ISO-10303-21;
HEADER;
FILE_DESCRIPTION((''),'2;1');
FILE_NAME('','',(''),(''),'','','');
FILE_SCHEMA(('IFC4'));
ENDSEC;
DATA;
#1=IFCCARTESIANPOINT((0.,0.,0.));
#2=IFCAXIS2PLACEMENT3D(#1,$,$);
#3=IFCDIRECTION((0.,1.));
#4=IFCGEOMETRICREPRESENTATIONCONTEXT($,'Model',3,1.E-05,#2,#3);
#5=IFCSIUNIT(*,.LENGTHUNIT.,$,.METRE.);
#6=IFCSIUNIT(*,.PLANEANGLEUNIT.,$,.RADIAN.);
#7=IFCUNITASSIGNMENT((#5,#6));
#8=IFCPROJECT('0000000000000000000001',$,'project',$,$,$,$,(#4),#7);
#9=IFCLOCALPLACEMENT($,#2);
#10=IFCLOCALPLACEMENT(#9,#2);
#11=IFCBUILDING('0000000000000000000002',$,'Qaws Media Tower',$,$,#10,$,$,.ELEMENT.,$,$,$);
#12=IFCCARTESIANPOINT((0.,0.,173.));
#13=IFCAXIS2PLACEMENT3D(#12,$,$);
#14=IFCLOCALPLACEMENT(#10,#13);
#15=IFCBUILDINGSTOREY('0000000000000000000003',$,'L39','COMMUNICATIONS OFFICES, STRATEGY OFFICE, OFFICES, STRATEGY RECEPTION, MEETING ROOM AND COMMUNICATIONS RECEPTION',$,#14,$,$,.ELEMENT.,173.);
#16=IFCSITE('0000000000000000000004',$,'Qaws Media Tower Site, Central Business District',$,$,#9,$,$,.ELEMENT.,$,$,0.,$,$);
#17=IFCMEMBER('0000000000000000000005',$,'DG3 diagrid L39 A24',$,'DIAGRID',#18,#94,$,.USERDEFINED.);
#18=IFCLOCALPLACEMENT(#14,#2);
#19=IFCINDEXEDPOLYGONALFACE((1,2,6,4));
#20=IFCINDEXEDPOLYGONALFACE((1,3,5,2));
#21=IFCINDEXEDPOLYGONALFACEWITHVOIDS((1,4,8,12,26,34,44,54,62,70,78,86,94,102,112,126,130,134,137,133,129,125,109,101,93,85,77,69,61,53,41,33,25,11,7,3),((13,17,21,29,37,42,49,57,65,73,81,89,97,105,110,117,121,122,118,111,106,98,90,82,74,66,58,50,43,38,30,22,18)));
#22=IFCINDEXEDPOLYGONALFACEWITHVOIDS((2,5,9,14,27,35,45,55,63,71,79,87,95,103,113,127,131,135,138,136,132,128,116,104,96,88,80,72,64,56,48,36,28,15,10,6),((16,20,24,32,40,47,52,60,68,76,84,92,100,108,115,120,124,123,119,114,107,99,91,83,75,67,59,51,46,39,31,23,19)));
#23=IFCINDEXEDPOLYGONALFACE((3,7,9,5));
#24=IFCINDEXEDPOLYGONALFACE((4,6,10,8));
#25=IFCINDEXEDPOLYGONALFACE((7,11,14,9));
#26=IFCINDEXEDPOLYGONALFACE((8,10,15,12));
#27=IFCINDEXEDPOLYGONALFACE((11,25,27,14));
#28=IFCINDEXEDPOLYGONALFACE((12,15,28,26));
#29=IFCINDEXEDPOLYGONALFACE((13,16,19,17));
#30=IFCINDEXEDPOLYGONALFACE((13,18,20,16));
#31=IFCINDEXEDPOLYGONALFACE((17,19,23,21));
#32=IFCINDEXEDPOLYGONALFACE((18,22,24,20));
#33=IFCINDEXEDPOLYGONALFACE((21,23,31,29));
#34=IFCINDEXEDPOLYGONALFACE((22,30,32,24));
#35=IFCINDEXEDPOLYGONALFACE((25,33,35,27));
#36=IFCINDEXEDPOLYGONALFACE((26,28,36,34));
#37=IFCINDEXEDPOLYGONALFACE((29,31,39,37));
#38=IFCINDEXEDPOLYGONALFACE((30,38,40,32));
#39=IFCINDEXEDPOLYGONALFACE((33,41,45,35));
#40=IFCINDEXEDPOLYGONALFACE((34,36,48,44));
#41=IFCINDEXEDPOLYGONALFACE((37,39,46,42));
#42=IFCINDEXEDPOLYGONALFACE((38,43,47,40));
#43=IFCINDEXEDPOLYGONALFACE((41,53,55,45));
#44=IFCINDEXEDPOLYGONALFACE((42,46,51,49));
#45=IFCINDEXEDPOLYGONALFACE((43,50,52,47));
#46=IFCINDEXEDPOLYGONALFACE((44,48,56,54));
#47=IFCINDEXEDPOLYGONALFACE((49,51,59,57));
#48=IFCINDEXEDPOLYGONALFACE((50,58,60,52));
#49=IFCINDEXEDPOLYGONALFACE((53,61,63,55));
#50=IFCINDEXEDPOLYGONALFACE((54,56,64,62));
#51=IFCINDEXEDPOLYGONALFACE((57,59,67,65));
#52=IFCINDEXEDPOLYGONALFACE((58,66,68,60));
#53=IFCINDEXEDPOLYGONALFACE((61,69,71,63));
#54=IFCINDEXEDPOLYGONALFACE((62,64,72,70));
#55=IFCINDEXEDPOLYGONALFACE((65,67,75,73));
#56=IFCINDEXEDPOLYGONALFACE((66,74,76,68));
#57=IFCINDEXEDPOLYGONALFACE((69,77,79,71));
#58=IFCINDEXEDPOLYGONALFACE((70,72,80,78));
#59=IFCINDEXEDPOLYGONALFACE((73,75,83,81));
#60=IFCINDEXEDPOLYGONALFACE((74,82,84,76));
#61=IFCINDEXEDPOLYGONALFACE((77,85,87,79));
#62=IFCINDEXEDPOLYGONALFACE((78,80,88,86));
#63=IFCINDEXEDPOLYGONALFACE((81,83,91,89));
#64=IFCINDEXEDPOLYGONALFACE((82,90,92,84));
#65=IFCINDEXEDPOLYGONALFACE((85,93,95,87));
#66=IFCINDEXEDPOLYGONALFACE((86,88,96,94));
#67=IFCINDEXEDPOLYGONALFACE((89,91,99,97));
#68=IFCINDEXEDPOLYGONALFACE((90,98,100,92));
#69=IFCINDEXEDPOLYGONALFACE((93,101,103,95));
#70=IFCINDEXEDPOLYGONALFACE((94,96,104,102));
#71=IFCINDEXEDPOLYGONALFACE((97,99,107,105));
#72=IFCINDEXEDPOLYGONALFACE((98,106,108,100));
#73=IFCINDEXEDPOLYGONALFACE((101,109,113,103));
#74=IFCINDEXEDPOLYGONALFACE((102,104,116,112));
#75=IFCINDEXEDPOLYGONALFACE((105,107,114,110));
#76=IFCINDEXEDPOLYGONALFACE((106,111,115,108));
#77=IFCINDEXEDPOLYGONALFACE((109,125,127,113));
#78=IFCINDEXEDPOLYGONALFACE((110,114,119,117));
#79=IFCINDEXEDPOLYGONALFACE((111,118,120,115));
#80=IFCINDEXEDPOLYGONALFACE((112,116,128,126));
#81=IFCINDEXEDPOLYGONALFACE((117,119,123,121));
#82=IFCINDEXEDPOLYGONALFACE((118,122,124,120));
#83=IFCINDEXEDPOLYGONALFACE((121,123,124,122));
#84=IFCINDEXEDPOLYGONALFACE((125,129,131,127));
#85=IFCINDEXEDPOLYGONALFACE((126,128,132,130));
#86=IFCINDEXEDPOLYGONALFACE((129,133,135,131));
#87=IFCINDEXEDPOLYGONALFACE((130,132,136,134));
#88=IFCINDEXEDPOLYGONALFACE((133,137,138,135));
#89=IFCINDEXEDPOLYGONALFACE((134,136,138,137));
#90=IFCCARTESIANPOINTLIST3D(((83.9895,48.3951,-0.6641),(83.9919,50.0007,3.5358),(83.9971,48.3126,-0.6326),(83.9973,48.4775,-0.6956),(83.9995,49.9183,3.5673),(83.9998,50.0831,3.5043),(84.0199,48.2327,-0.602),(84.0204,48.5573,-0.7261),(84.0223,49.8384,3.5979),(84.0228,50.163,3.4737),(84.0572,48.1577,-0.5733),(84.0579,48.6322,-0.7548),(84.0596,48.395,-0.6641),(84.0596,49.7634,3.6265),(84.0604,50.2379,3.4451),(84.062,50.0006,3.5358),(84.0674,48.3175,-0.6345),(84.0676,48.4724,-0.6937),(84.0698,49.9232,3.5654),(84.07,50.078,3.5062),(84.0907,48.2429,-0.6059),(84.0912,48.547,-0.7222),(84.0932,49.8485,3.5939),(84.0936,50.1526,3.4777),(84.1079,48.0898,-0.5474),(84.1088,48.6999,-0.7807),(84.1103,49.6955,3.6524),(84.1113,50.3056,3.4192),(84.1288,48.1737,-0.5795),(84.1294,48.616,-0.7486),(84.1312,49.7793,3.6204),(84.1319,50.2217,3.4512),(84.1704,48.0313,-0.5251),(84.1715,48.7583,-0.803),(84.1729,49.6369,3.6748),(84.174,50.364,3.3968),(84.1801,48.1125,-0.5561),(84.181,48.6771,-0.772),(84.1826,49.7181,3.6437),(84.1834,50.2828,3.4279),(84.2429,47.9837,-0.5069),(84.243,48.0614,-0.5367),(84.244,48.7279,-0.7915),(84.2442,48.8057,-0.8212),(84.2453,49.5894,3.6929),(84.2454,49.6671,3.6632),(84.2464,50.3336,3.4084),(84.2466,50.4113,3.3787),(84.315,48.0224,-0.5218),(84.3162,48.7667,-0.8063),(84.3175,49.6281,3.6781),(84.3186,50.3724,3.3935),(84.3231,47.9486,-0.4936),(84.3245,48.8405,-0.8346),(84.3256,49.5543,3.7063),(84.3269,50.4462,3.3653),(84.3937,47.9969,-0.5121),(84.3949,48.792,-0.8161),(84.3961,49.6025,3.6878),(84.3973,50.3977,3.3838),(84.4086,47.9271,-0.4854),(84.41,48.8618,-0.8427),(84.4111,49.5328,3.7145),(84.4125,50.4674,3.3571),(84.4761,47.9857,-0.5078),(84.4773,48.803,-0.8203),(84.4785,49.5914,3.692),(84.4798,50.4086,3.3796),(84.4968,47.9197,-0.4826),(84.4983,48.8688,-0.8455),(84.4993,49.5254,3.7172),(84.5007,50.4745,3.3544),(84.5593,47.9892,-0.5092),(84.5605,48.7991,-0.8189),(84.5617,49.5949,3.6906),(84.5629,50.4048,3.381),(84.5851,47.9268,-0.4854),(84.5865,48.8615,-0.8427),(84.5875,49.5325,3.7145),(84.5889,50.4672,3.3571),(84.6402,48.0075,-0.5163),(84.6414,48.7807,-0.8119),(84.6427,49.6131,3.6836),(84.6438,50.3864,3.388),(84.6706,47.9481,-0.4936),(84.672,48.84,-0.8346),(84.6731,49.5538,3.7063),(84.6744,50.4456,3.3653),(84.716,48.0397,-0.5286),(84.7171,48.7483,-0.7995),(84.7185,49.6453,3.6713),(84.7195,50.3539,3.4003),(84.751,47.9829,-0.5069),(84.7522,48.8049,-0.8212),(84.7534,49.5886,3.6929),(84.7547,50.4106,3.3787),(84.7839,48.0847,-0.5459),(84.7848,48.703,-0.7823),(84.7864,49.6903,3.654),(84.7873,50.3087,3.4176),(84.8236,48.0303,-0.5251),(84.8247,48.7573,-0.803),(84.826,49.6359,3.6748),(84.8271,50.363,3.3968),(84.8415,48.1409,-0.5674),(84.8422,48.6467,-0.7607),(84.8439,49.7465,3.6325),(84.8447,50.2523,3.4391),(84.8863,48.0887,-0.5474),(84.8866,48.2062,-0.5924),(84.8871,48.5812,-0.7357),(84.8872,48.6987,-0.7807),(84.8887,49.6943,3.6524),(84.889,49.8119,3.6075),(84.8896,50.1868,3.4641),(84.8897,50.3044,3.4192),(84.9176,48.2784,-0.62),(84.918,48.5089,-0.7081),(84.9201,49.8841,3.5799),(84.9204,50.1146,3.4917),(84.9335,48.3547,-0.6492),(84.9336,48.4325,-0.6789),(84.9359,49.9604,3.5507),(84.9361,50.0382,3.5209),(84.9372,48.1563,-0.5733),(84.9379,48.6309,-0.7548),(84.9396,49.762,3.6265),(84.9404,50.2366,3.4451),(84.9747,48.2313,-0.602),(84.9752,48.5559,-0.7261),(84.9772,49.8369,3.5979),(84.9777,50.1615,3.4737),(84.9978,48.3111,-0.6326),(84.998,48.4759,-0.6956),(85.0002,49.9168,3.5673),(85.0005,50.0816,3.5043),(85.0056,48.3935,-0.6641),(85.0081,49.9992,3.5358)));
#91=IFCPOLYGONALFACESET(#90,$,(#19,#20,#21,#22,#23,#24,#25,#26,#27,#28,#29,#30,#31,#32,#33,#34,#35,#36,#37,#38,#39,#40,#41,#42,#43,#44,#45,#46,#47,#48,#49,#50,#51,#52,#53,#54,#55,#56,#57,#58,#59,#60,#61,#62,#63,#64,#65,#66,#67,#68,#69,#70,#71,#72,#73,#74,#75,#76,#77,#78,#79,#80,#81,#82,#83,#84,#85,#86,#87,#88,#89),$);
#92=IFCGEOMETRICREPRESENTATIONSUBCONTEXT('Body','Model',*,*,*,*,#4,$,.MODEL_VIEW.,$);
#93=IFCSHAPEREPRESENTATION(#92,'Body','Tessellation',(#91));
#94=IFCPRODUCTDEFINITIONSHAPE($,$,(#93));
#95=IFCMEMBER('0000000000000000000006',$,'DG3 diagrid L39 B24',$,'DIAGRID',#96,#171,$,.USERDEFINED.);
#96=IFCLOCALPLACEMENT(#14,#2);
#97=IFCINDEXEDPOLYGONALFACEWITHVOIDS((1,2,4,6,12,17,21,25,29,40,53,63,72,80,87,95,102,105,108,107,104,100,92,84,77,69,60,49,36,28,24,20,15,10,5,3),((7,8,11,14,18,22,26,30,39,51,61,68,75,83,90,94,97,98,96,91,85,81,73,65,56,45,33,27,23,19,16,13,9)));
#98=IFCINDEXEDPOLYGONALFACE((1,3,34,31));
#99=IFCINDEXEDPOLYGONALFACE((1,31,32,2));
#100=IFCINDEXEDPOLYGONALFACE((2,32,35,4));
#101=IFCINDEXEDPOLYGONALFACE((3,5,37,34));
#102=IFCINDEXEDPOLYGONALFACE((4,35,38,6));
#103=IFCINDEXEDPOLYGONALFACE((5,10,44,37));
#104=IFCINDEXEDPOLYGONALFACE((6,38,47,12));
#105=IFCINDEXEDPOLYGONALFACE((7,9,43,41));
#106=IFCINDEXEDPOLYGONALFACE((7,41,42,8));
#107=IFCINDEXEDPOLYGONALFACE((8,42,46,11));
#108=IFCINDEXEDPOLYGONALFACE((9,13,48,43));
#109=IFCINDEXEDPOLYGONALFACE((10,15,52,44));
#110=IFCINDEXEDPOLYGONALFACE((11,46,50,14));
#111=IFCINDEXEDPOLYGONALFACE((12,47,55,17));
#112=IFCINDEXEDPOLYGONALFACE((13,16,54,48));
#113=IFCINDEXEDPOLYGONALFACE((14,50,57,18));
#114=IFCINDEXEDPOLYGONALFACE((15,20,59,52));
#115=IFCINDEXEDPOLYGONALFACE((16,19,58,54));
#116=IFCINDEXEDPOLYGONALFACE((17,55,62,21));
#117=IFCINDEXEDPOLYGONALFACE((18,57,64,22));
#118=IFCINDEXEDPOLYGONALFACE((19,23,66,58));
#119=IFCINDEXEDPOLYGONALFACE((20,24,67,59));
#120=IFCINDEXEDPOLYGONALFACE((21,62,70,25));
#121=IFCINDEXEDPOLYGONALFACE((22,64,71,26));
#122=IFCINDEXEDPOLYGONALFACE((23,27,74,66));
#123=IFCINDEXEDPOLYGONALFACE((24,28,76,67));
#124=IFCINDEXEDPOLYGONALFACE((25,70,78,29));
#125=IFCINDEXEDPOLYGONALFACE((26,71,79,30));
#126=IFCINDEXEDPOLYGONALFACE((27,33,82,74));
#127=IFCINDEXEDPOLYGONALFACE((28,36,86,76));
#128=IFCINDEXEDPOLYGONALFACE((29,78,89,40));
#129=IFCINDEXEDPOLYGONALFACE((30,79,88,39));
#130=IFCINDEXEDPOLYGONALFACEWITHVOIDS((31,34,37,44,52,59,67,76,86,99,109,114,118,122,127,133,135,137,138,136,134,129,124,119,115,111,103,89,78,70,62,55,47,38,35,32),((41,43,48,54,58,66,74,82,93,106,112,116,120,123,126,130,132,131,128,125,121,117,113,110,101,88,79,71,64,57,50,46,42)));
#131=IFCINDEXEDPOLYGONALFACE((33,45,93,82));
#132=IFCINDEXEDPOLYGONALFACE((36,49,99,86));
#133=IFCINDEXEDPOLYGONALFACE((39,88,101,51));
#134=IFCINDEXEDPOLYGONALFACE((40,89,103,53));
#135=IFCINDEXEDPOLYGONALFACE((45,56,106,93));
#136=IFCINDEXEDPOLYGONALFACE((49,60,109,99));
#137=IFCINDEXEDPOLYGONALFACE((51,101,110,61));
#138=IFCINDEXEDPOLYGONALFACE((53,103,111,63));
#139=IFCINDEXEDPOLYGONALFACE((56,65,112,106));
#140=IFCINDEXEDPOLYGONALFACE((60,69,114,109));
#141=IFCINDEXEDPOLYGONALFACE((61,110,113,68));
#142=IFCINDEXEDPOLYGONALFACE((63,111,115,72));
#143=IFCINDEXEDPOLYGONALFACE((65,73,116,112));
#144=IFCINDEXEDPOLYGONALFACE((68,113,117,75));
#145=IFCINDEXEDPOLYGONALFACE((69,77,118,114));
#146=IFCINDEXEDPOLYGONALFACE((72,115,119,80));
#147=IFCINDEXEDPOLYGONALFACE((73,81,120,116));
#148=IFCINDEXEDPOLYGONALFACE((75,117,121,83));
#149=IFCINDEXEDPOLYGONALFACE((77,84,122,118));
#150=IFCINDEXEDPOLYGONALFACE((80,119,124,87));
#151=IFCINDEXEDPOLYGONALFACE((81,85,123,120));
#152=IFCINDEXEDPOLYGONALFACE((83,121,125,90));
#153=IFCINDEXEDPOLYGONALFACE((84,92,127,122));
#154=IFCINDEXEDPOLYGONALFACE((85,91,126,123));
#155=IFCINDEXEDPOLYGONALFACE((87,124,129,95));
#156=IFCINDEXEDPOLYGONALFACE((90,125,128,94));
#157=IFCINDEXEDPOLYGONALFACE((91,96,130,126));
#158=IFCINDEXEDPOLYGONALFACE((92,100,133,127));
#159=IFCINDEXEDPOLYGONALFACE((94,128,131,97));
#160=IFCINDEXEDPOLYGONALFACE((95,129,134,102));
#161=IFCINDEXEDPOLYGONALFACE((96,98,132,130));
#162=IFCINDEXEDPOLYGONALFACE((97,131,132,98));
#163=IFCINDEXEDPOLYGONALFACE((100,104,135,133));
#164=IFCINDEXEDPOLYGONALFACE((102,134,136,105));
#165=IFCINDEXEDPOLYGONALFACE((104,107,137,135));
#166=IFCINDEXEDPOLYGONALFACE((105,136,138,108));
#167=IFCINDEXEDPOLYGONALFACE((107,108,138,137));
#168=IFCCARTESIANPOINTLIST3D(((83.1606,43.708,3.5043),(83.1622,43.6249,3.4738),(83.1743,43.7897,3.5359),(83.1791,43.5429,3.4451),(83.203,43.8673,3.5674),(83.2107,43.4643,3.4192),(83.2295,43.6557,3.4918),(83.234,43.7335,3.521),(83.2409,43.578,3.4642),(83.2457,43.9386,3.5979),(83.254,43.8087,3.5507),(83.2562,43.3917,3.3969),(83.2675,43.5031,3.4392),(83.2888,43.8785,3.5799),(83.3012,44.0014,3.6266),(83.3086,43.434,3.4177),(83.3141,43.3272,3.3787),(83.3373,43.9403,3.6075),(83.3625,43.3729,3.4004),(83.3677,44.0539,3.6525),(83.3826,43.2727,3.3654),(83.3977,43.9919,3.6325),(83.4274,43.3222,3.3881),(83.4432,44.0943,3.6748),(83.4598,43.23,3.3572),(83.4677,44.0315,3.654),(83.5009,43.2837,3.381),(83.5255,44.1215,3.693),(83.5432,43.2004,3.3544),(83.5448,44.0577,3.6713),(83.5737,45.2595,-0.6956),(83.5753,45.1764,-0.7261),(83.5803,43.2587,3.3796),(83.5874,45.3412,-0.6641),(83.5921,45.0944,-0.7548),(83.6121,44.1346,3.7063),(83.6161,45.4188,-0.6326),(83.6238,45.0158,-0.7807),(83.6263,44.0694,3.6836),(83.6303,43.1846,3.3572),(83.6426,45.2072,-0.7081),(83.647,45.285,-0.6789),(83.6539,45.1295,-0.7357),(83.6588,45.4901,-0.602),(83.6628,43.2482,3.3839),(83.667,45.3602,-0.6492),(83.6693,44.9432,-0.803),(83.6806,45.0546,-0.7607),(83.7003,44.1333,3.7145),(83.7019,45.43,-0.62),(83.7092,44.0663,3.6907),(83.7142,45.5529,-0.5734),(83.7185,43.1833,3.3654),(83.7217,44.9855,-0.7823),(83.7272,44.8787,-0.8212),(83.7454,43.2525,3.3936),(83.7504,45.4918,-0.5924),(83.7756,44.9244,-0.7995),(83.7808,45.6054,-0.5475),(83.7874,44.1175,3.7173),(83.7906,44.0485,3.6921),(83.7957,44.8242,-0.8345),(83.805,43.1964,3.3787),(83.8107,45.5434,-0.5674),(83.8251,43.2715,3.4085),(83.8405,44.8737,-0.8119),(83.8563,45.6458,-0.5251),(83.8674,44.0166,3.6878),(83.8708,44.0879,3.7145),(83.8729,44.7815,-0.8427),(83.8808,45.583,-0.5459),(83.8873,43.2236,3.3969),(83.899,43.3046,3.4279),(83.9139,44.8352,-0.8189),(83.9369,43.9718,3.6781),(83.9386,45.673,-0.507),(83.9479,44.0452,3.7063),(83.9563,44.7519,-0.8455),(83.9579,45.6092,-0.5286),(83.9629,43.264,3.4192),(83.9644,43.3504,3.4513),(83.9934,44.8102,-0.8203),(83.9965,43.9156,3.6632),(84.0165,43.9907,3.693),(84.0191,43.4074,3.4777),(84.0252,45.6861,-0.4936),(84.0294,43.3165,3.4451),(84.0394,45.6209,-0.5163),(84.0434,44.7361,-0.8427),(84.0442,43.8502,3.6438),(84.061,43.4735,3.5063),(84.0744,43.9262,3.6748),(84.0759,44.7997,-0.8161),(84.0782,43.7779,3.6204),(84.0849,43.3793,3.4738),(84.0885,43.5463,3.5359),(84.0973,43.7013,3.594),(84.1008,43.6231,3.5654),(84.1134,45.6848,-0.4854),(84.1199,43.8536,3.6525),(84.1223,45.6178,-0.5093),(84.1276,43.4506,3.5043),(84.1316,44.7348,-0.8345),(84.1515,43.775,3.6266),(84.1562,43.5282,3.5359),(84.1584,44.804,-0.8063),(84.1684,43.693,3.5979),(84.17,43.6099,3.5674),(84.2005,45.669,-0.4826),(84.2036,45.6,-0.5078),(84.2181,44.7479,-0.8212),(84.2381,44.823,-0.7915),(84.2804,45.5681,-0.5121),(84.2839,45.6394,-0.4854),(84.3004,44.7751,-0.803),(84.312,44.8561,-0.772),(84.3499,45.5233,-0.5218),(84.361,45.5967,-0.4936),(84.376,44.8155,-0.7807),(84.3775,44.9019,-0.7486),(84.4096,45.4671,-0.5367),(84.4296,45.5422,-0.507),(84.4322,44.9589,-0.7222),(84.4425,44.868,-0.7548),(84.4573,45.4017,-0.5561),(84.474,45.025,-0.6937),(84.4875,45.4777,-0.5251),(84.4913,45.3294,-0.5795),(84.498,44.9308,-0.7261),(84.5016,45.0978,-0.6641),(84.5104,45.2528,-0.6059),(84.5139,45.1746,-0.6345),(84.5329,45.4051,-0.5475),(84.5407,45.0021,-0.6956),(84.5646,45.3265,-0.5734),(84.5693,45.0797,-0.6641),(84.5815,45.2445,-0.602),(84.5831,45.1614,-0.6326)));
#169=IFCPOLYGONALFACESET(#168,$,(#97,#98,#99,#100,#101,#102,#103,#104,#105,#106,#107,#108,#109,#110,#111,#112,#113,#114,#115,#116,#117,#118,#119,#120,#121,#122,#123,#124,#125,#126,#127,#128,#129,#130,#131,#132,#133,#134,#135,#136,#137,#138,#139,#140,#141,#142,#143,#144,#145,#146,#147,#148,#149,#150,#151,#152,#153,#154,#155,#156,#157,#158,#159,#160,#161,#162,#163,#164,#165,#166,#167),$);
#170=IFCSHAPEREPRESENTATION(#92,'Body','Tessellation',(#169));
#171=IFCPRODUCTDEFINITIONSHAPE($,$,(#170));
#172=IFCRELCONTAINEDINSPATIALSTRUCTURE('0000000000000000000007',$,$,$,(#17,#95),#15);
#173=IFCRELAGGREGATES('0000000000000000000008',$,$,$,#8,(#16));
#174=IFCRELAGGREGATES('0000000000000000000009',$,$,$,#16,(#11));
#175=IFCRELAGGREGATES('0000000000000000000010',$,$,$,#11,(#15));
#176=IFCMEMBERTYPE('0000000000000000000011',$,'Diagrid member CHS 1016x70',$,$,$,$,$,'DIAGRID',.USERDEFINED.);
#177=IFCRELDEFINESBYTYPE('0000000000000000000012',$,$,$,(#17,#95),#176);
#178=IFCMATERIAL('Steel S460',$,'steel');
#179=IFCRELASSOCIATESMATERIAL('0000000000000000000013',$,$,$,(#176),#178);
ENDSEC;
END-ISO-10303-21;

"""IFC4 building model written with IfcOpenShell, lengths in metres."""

from ifc_helpers import new_model, si_unit, direction, frame, origin, origin_2d, place, context, subcontext, project, spatial, hollow_circle, extrude, material, material_profile, profile_set, type_object, element, save


model = new_model("IFC4")

# Units and contexts
model_context = context("Model", 3, precision=1e-05, world=origin(), true_north=direction((0.0, 1.0)))
body_context = subcontext(model_context, "Body", "Model", "MODEL_VIEW")
ifc_project = project(units=[si_unit("LENGTHUNIT", "METRE"), si_unit("PLANEANGLEUNIT", "RADIAN")], contexts=[model_context])

# Site, building, storey
site_placement = place(None, origin())
site = spatial("IfcSite", under=ifc_project, at=site_placement, Name="Qaws Media Tower Site, Central Business District", CompositionType="ELEMENT", RefElevation=0.0)
building_placement = place(site_placement, origin())
building = spatial("IfcBuilding", under=site, at=building_placement, Name="Qaws Media Tower", CompositionType="ELEMENT")
storey_placement = place(building_placement, frame((0.0, 0.0, 173.0)))
storey = spatial("IfcBuildingStorey", under=building, at=storey_placement, Name="L39", Description="COMMUNICATIONS OFFICES, STRATEGY OFFICE, OFFICES, STRATEGY RECEPTION, MEETING ROOM AND COMMUNICATIONS RECEPTION", CompositionType="ELEMENT", Elevation=173.0)

# Members
ifc_material_1 = material(Name="Steel S460", Category="steel")
ifc_material_profile_1 = material_profile(ifc_material_1, hollow_circle(Radius=0.5081, WallThickness=0.0701, at=origin_2d()), Name="CHS 1016x70")
ifc_profile_set_1 = profile_set([ifc_material_profile_1], Name="Steel S460")
member_type_1 = type_object("IfcMemberType", Name="Diagrid member CHS 1016x70", ElementType="DIAGRID", PredefinedType="USERDEFINED", material=ifc_profile_set_1)
for number, where, z_axis, x_axis, name in (
    (1, (84.4976, 48.3943, -0.6641), (0.000543, 0.357108, 0.934063), (-0.999999, 0.00152, 0.0), "DG3 diagrid L39 A24"),
    (2, (84.0784, 45.2104, -0.6641), (-0.091871, -0.345058, 0.934074), (0.966336, -0.257284, 0.0), "DG3 diagrid L39 B24"),
):
    element("IfcMember", number, at=place(storey_placement, frame(where, z_axis=z_axis, x_axis=x_axis)), inside=storey, type_object=member_type_1, Name=name, ObjectType="DIAGRID", PredefinedType="USERDEFINED", context=body_context, shape_type="SweptSolid", body=[
        extrude(hollow_circle(Radius=0.5081, WallThickness=0.0701, at=origin_2d()), origin(), (0.0, 0.0, 1.0), 4.4963),
    ])

save(model, "model.ifc")
